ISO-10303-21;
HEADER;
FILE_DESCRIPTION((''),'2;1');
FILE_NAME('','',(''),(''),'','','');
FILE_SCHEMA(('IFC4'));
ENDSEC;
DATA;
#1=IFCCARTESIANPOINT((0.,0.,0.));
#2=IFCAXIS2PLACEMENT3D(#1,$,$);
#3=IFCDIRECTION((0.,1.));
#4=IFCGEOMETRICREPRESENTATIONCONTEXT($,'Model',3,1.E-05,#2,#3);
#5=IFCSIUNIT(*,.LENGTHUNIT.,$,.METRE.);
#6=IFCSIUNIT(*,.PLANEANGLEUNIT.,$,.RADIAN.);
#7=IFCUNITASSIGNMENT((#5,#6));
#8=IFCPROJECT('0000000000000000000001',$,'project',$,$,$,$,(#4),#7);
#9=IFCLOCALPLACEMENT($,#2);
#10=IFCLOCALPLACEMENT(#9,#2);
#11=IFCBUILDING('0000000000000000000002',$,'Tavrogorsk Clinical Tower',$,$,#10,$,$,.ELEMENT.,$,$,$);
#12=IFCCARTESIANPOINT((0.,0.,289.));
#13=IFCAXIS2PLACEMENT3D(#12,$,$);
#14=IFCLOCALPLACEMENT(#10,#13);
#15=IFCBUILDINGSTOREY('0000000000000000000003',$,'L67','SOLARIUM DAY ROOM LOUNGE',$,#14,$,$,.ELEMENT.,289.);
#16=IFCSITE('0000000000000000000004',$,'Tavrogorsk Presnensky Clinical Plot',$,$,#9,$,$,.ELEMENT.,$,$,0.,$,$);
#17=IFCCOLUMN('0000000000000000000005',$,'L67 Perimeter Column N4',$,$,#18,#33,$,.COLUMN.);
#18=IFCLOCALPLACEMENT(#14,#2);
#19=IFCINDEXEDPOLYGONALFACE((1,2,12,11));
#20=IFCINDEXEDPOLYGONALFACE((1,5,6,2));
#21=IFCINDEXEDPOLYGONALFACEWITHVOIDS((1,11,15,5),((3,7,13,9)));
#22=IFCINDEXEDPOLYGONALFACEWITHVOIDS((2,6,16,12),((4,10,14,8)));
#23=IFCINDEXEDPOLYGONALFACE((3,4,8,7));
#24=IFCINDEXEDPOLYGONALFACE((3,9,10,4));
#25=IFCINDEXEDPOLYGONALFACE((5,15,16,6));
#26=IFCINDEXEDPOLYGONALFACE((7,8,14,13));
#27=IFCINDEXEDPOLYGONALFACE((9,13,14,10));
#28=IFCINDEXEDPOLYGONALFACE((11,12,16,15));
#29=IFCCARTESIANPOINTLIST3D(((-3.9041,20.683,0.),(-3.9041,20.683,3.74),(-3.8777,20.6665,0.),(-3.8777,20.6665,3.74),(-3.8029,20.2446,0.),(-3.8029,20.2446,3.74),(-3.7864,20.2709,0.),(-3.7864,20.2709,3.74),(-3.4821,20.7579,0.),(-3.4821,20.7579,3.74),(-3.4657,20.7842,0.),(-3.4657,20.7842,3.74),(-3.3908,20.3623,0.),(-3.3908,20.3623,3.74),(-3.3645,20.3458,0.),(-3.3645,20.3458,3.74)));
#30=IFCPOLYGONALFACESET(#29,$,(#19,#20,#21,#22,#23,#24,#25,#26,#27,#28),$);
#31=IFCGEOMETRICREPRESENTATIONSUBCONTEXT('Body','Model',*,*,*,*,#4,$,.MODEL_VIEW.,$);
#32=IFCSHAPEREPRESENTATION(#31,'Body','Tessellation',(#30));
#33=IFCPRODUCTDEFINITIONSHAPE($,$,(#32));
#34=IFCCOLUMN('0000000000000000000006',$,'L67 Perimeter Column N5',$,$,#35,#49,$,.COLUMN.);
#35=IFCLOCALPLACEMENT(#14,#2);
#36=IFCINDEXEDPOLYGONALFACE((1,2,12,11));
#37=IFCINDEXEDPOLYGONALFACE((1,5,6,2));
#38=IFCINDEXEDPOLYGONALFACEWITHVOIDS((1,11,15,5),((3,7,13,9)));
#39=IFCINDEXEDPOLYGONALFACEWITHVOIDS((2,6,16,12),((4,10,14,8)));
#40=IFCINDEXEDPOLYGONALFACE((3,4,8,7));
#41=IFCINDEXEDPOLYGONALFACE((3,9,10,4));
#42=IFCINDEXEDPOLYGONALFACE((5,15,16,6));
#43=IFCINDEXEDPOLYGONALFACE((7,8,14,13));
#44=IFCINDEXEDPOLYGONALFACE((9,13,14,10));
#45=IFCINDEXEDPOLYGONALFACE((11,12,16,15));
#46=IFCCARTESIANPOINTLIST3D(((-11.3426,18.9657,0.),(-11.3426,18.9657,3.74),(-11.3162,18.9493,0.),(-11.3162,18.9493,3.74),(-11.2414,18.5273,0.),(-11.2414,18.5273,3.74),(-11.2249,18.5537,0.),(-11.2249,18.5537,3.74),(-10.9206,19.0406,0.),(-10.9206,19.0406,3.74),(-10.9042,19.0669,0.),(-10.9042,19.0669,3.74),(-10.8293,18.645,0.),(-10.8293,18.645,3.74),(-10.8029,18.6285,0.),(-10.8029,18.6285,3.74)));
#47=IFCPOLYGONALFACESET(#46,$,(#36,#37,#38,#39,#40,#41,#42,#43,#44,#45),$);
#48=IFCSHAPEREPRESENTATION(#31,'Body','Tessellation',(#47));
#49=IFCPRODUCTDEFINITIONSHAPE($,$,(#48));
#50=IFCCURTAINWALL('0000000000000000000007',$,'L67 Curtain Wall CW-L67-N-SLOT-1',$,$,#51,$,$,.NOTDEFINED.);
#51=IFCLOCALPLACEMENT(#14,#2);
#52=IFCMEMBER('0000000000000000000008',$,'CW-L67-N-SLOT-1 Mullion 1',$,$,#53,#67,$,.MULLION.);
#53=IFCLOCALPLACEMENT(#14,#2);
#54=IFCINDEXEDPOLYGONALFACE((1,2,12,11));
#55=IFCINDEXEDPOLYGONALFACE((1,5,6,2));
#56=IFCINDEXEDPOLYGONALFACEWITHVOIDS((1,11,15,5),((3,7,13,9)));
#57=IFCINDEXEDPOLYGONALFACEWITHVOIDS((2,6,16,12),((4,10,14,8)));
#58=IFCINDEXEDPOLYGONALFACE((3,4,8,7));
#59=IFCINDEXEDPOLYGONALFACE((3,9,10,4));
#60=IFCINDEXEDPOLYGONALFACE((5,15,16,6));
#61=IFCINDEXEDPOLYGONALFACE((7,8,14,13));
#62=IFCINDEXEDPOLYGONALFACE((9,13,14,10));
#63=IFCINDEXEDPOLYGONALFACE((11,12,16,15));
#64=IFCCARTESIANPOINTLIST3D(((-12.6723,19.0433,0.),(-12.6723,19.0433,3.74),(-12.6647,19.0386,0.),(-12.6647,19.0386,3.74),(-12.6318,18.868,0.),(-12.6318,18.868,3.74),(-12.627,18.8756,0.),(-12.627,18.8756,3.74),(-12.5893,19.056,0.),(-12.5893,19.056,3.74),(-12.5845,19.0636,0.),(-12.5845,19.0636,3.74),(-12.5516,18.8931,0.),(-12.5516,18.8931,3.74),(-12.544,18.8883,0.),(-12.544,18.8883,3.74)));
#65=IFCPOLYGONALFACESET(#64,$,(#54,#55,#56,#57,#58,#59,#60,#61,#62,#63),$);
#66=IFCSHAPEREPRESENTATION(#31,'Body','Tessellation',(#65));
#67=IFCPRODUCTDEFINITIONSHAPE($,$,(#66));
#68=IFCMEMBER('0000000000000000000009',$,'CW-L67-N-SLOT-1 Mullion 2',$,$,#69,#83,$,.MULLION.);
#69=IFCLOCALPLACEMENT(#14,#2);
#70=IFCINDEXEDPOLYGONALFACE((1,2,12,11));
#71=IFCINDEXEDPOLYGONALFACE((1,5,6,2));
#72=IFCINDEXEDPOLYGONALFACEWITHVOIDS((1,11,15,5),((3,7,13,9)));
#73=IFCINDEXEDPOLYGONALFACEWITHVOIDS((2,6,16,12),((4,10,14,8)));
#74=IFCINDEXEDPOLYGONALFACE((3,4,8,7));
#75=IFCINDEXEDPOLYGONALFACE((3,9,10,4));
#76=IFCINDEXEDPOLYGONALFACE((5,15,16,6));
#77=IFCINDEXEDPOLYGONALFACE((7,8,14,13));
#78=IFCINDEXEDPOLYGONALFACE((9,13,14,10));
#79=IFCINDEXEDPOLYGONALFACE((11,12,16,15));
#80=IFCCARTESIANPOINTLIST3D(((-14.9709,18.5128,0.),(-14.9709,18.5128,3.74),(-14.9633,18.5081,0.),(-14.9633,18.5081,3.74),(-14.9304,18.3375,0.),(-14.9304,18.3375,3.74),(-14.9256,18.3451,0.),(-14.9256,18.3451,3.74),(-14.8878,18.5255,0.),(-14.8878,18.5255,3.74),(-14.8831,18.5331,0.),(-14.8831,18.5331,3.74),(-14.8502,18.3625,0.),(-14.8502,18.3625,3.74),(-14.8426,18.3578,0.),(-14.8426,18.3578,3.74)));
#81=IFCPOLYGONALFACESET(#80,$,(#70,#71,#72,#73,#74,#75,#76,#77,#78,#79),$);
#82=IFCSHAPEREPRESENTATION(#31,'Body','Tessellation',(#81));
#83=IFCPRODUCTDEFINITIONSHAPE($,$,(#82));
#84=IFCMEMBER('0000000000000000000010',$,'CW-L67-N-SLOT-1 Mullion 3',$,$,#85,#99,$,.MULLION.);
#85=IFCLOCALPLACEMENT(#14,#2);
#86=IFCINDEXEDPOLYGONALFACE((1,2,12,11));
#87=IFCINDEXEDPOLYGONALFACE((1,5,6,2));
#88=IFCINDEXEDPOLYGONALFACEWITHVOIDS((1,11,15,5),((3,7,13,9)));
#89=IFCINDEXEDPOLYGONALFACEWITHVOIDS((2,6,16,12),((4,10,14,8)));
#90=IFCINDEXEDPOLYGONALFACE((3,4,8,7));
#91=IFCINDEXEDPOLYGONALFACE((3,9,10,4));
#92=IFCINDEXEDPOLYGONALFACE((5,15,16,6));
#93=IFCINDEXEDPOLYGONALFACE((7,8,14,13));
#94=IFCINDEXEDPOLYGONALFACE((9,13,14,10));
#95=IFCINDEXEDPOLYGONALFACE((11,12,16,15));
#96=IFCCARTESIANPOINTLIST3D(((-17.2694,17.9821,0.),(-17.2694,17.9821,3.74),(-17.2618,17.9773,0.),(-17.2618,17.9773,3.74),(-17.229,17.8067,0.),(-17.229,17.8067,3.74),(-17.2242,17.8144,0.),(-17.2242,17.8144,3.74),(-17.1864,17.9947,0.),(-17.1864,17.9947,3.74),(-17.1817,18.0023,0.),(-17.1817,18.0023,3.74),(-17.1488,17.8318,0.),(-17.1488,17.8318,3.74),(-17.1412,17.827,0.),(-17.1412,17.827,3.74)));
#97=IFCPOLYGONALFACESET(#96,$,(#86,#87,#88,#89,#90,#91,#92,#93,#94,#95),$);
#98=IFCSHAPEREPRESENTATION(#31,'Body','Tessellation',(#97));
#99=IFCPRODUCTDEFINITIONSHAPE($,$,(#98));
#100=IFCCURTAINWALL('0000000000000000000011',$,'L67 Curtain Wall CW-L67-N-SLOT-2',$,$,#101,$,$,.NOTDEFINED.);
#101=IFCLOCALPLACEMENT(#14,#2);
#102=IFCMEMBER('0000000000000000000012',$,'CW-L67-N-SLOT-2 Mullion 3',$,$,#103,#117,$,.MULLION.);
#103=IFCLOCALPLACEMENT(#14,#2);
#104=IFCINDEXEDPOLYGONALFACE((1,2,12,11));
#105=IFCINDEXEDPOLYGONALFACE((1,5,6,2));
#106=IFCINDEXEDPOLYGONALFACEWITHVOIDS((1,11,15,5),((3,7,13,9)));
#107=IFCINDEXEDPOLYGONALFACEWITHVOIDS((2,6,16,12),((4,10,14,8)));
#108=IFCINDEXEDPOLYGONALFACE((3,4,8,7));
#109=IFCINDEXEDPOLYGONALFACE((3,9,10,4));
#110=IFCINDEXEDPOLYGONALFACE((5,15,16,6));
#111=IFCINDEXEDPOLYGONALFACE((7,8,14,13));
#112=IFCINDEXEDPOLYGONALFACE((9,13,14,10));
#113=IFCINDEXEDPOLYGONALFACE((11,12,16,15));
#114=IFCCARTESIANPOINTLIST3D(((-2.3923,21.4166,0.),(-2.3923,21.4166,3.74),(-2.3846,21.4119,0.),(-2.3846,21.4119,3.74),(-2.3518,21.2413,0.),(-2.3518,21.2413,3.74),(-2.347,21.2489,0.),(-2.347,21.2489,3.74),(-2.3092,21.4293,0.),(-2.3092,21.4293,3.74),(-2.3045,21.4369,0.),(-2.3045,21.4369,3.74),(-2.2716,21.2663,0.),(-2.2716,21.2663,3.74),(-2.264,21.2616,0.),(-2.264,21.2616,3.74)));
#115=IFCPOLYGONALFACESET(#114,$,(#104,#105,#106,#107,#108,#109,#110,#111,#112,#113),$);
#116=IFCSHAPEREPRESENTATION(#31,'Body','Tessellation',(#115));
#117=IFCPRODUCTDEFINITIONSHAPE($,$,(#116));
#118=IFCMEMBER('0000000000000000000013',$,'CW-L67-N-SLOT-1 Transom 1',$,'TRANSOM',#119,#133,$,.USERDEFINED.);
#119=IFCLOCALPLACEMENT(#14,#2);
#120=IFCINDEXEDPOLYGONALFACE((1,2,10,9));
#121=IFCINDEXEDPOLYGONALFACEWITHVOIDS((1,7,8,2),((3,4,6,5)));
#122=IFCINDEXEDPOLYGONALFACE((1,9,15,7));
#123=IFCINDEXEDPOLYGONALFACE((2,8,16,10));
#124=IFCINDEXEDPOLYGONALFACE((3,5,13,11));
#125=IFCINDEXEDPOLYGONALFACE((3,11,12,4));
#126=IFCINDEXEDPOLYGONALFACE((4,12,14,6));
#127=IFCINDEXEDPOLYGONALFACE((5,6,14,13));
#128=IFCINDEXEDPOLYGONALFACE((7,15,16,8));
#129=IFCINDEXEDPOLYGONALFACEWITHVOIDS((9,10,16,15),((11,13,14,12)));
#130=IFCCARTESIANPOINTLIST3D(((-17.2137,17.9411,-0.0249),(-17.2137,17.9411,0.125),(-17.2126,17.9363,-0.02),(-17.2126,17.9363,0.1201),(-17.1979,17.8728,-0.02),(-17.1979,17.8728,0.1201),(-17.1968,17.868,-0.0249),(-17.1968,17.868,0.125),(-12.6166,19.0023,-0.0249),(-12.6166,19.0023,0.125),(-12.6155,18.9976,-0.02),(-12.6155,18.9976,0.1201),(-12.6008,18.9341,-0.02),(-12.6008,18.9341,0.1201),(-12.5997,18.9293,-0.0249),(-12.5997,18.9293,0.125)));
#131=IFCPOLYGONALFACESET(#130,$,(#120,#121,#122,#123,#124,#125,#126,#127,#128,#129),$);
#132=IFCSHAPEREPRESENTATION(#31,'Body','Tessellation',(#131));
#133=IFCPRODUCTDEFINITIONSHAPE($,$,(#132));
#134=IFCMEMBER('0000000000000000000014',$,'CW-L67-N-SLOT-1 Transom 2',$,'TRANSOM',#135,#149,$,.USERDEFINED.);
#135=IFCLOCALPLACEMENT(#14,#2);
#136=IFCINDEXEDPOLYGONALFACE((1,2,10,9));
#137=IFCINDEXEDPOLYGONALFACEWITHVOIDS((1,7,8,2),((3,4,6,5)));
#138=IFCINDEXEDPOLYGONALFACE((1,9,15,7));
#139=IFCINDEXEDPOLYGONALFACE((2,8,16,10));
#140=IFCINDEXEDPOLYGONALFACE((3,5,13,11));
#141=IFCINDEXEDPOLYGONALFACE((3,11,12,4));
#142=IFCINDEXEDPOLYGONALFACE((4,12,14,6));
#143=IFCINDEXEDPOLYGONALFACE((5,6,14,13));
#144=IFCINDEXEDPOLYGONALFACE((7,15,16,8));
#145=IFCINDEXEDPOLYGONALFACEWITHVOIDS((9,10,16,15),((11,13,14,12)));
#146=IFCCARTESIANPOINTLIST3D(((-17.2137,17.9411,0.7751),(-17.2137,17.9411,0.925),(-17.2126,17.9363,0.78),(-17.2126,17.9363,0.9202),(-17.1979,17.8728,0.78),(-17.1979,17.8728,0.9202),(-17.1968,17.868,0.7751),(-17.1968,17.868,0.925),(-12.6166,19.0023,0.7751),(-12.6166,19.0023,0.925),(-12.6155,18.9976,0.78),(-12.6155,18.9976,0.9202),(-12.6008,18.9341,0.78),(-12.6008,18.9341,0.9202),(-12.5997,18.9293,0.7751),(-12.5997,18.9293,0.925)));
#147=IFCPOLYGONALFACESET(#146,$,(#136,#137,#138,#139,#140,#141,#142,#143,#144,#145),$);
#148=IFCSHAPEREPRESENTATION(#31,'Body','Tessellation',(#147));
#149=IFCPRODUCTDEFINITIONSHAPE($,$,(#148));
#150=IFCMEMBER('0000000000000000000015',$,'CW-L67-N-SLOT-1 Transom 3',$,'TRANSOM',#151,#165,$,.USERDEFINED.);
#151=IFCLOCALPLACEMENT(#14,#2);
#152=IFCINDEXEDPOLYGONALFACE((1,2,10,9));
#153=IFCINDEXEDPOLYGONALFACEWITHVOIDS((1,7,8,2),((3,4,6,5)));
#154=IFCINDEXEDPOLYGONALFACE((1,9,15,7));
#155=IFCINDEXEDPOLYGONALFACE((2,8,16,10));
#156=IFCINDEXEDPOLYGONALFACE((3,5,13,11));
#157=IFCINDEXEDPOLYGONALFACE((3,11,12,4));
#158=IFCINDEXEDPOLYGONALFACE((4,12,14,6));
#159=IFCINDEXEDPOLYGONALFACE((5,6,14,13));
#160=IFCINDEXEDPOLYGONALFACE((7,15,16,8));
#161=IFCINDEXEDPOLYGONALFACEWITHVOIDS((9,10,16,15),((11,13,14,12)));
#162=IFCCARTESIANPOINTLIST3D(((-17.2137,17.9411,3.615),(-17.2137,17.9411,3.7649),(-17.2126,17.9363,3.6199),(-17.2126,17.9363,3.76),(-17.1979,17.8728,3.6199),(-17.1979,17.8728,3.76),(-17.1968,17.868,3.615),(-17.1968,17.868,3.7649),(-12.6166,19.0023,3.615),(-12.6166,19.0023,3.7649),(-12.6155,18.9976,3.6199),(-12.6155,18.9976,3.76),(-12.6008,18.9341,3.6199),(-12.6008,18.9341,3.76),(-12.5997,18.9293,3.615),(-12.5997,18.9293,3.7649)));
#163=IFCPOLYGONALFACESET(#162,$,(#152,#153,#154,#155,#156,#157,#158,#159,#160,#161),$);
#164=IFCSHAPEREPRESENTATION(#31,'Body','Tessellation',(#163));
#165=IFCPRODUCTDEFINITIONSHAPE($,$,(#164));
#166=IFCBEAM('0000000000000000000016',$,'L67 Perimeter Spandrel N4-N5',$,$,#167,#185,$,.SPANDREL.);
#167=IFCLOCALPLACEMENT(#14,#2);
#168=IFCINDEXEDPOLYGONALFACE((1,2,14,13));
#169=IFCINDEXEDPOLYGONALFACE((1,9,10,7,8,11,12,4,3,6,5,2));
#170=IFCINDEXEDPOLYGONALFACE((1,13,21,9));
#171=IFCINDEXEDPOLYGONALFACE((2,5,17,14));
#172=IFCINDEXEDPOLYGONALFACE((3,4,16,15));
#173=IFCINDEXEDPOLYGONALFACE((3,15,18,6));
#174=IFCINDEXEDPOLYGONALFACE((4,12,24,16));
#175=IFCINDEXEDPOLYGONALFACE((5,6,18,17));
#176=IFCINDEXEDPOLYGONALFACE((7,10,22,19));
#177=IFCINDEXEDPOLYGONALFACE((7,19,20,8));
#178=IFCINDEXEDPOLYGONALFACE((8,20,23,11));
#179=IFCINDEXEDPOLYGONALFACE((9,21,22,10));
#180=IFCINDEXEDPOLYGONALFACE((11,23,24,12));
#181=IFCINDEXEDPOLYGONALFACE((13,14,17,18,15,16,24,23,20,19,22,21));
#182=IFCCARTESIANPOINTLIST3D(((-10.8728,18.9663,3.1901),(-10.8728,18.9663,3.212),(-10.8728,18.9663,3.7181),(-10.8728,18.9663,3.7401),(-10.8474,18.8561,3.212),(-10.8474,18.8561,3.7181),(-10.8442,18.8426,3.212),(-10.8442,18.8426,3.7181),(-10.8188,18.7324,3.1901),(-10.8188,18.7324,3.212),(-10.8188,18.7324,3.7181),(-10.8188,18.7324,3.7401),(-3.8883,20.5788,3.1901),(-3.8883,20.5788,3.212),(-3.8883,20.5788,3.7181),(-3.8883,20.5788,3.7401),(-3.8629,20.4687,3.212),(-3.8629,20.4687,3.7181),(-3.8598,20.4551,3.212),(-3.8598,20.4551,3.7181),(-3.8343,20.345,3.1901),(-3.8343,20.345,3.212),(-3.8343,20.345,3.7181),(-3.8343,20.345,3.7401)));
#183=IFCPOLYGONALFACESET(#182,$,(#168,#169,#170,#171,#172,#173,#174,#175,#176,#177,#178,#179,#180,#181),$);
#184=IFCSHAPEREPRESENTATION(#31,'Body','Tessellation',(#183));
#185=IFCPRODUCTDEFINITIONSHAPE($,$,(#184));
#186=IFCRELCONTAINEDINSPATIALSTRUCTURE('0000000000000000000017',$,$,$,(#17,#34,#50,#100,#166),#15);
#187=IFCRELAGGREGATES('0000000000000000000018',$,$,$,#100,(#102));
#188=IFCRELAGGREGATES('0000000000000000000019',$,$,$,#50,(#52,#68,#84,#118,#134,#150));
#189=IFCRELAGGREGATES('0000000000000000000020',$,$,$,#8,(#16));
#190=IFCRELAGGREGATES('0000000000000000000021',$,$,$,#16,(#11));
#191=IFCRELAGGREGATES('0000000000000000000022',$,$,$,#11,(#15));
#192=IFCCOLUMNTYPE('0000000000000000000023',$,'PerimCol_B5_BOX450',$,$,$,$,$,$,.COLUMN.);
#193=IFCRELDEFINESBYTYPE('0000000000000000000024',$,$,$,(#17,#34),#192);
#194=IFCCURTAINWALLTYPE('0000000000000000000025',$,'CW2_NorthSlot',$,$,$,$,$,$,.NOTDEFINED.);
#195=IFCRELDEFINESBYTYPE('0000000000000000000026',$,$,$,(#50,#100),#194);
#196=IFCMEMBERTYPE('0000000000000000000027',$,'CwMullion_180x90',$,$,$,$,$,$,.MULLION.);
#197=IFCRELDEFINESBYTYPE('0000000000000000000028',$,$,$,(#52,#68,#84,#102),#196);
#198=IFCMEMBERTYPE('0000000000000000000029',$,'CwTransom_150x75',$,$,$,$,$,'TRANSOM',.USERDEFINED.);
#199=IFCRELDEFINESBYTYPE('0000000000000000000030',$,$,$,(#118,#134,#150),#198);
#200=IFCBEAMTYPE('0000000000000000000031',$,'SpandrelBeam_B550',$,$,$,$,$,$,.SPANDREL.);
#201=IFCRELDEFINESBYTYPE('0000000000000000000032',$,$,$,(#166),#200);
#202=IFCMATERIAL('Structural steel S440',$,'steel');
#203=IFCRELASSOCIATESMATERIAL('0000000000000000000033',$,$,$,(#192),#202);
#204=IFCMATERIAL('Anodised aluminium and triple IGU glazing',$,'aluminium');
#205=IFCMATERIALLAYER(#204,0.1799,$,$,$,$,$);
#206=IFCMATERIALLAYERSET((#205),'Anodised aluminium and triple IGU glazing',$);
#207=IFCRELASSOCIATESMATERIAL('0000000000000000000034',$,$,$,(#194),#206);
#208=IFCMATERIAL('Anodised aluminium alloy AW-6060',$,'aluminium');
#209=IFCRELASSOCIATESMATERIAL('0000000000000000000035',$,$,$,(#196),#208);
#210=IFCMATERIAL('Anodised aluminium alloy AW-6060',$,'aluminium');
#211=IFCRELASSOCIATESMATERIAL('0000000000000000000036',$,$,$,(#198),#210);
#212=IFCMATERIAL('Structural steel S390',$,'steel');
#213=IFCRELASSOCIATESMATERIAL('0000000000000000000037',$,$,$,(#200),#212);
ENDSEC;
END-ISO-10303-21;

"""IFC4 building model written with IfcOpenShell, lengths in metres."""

from ifc_helpers import new_model, si_unit, direction, frame, origin, origin_2d, place, context, subcontext, project, spatial, hollow_rectangle, i_section, extrude, material, layer, layer_set, material_profile, profile_set, type_object, element, aggregate, save


model = new_model("IFC4")

# Units and contexts
model_context = context("Model", 3, precision=1e-05, world=origin(), true_north=direction((0.0, 1.0)))
body_context = subcontext(model_context, "Body", "Model", "MODEL_VIEW")
ifc_project = project(units=[si_unit("LENGTHUNIT", "METRE"), si_unit("PLANEANGLEUNIT", "RADIAN")], contexts=[model_context])

# Site, building, storey
site_placement = place(None, origin())
site = spatial("IfcSite", under=ifc_project, at=site_placement, Name="Tavrogorsk Presnensky Clinical Plot", CompositionType="ELEMENT", RefElevation=0.0)
building_placement = place(site_placement, origin())
building = spatial("IfcBuilding", under=site, at=building_placement, Name="Tavrogorsk Clinical Tower", CompositionType="ELEMENT")
storey_placement = place(building_placement, frame((0.0, 0.0, 289.0)))
storey = spatial("IfcBuildingStorey", under=building, at=storey_placement, Name="L67", Description="SOLARIUM DAY ROOM LOUNGE", CompositionType="ELEMENT", Elevation=289.0)

# Columns
ifc_material_1 = material(Name="Structural steel S440", Category="steel")
ifc_material_profile_1 = material_profile(ifc_material_1, hollow_rectangle(XDim=0.45, YDim=0.45, WallThickness=0.022, at=origin_2d()), Name="BOX-450x450x22")
ifc_profile_set_1 = profile_set([ifc_material_profile_1], Name="Structural steel S440")
column_type = type_object("IfcColumnType", Name="PerimCol_B5_BOX450", PredefinedType="COLUMN", material=ifc_profile_set_1)
for number, where, z_axis, x_axis, name in (
    (1, (-3.6343, 20.5144, 0.0), (0.0, 0.0, 1.0), (0.97437, 0.224951, 0.0), "L67 Perimeter Column N4"),
    (2, (-11.0728, 18.7971, 0.0), (0.0, 0.0, 1.0), (0.97437, 0.224951, 0.0), "L67 Perimeter Column N5"),
):
    element("IfcColumn", number, at=place(storey_placement, frame(where, z_axis=z_axis, x_axis=x_axis)), inside=storey, type_object=column_type, Name=name, PredefinedType="COLUMN", context=body_context, shape_type="SweptSolid", body=[
        extrude(hollow_rectangle(XDim=0.45, YDim=0.45, WallThickness=0.022, at=origin_2d()), origin(), (0.0, 0.0, 1.0), 3.74),
    ])

# Curtain wall, members
ifc_material_2 = material(Name="Anodised aluminium and triple IGU glazing", Category="aluminium")
ifc_layer_1 = layer(ifc_material_2, 0.1799)
ifc_layer_set_1 = layer_set([ifc_layer_1], Name="Anodised aluminium and triple IGU glazing")
curtain_wall_type = type_object("IfcCurtainWallType", Name="CW2_NorthSlot", PredefinedType="NOTDEFINED", material=ifc_layer_set_1)
curtain_wall_1_placement = place(storey_placement, origin())
curtain_wall_1 = element("IfcCurtainWall", 3, at=curtain_wall_1_placement, inside=storey, type_object=curtain_wall_type, Name="L67 Curtain Wall CW-L67-N-SLOT-1", PredefinedType="NOTDEFINED")
ifc_material_3 = material(Name="Anodised aluminium alloy AW-6060", Category="aluminium")
ifc_material_profile_2 = material_profile(ifc_material_3, hollow_rectangle(XDim=0.0901, YDim=0.1799, WallThickness=0.0063, at=origin_2d()), Name="RHS-180x90x6.3")
ifc_profile_set_2 = profile_set([ifc_material_profile_2], Name="Anodised aluminium alloy AW-6060")
member_type_1 = type_object("IfcMemberType", Name="CwMullion_180x90", PredefinedType="MULLION", material=ifc_profile_set_2)
member_1_placement = place(storey_placement, frame((-12.6082, 18.9658, 0.0), z_axis=(0.0, 0.0, 1.0), x_axis=(-0.97437, -0.224951, 0.0)))
member_1 = element("IfcMember", 4, at=member_1_placement, type_object=member_type_1, Name="CW-L67-N-SLOT-1 Mullion 1", PredefinedType="MULLION", context=body_context, shape_type="SweptSolid", body=[
    extrude(hollow_rectangle(XDim=0.0901, YDim=0.1799, WallThickness=0.0063, at=origin_2d()), origin(), (0.0, 0.0, 1.0), 3.74),
])
member_2_placement = place(storey_placement, frame((-14.9067, 18.4353, 0.0), z_axis=(0.0, 0.0, 1.0), x_axis=(-0.97437, -0.224951, 0.0)))
member_2 = element("IfcMember", 5, at=member_2_placement, type_object=member_type_1, Name="CW-L67-N-SLOT-1 Mullion 2", PredefinedType="MULLION", context=body_context, shape_type="SweptSolid", body=[
    extrude(hollow_rectangle(XDim=0.0901, YDim=0.1799, WallThickness=0.0063, at=origin_2d()), origin(), (0.0, 0.0, 1.0), 3.74),
])
member_3_placement = place(storey_placement, frame((-17.2053, 17.9045, 0.0), z_axis=(0.0, 0.0, 1.0), x_axis=(-0.97437, -0.224951, 0.0)))
member_3 = element("IfcMember", 6, at=member_3_placement, type_object=member_type_1, Name="CW-L67-N-SLOT-1 Mullion 3", PredefinedType="MULLION", context=body_context, shape_type="SweptSolid", body=[
    extrude(hollow_rectangle(XDim=0.0901, YDim=0.1799, WallThickness=0.0063, at=origin_2d()), origin(), (0.0, 0.0, 1.0), 3.74),
])

# Curtain wall, member
curtain_wall_2_placement = place(storey_placement, origin())
curtain_wall_2 = element("IfcCurtainWall", 7, at=curtain_wall_2_placement, inside=storey, type_object=curtain_wall_type, Name="L67 Curtain Wall CW-L67-N-SLOT-2", PredefinedType="NOTDEFINED")
member_4_placement = place(storey_placement, frame((-2.3281, 21.3391, 0.0), z_axis=(0.0, 0.0, 1.0), x_axis=(-0.97437, -0.224951, 0.0)))
member_4 = element("IfcMember", 8, at=member_4_placement, type_object=member_type_1, Name="CW-L67-N-SLOT-2 Mullion 3", PredefinedType="MULLION", context=body_context, shape_type="SweptSolid", body=[
    extrude(hollow_rectangle(XDim=0.0901, YDim=0.1799, WallThickness=0.0063, at=origin_2d()), origin(), (0.0, 0.0, 1.0), 3.74),
])
aggregate(curtain_wall_2, [member_4])

# Members
ifc_material_4 = material(Name="Anodised aluminium alloy AW-6060", Category="aluminium")
ifc_material_profile_3 = material_profile(ifc_material_4, hollow_rectangle(XDim=0.075, YDim=0.1499, WallThickness=0.0049, at=origin_2d()), Name="RHS-150x75x5")
ifc_profile_set_3 = profile_set([ifc_material_profile_3], Name="Anodised aluminium alloy AW-6060")
member_type_2 = type_object("IfcMemberType", Name="CwTransom_150x75", ElementType="TRANSOM", PredefinedType="USERDEFINED", material=ifc_profile_set_3)
member_5_placement = place(storey_placement, frame((-12.6082, 18.9658, 0.05), z_axis=(-0.974373, -0.224939, 0.0), x_axis=(0.224939, -0.974373, 0.0)))
member_5 = element("IfcMember", 9, at=member_5_placement, type_object=member_type_2, Name="CW-L67-N-SLOT-1 Transom 1", ObjectType="TRANSOM", PredefinedType="USERDEFINED", context=body_context, shape_type="SweptSolid", body=[
    extrude(hollow_rectangle(XDim=0.075, YDim=0.1499, WallThickness=0.0049, at=origin_2d()), origin(), (0.0, 0.0, 1.0), 4.718),
])
member_6_placement = place(storey_placement, frame((-12.6082, 18.9658, 0.8501), z_axis=(-0.974373, -0.224939, 0.0), x_axis=(0.224939, -0.974373, 0.0)))
member_6 = element("IfcMember", 10, at=member_6_placement, type_object=member_type_2, Name="CW-L67-N-SLOT-1 Transom 2", ObjectType="TRANSOM", PredefinedType="USERDEFINED", context=body_context, shape_type="SweptSolid", body=[
    extrude(hollow_rectangle(XDim=0.075, YDim=0.1499, WallThickness=0.0049, at=origin_2d()), origin(), (0.0, 0.0, 1.0), 4.718),
])
member_7_placement = place(storey_placement, frame((-12.6082, 18.9658, 3.6899), z_axis=(-0.974373, -0.224939, 0.0), x_axis=(0.224939, -0.974373, 0.0)))
member_7 = element("IfcMember", 11, at=member_7_placement, type_object=member_type_2, Name="CW-L67-N-SLOT-1 Transom 3", ObjectType="TRANSOM", PredefinedType="USERDEFINED", context=body_context, shape_type="SweptSolid", body=[
    extrude(hollow_rectangle(XDim=0.075, YDim=0.1499, WallThickness=0.0049, at=origin_2d()), origin(), (0.0, 0.0, 1.0), 4.718),
])

# Beam
ifc_material_5 = material(Name="Structural steel S390", Category="steel")
ifc_material_profile_4 = material_profile(ifc_material_5, i_section(OverallWidth=0.24, OverallDepth=0.55, WebThickness=0.0139, FlangeThickness=0.022, at=origin_2d()), Name="B-550x240x14x22")
ifc_profile_set_4 = profile_set([ifc_material_profile_4], Name="Structural steel S390")
beam_type = type_object("IfcBeamType", Name="SpandrelBeam_B550", PredefinedType="SPANDREL", material=ifc_profile_set_4)
for number, where, z_axis, x_axis, name in (
    (12, (-3.8613, 20.4619, 3.4651), (-0.974368, -0.224961, 0.0), (0.224961, -0.974368, 0.0), "L67 Perimeter Spandrel N4-N5"),
):
    element("IfcBeam", number, at=place(storey_placement, frame(where, z_axis=z_axis, x_axis=x_axis)), inside=storey, type_object=beam_type, Name=name, PredefinedType="SPANDREL", context=body_context, shape_type="SweptSolid", body=[
        extrude(i_section(OverallWidth=0.24, OverallDepth=0.55, WebThickness=0.0139, FlangeThickness=0.022, at=origin_2d()), origin(), (0.0, 0.0, 1.0), 7.1682),
    ])

aggregate(curtain_wall_1, [member_1, member_2, member_3, member_5, member_6, member_7])

save(model, "model.ifc")
